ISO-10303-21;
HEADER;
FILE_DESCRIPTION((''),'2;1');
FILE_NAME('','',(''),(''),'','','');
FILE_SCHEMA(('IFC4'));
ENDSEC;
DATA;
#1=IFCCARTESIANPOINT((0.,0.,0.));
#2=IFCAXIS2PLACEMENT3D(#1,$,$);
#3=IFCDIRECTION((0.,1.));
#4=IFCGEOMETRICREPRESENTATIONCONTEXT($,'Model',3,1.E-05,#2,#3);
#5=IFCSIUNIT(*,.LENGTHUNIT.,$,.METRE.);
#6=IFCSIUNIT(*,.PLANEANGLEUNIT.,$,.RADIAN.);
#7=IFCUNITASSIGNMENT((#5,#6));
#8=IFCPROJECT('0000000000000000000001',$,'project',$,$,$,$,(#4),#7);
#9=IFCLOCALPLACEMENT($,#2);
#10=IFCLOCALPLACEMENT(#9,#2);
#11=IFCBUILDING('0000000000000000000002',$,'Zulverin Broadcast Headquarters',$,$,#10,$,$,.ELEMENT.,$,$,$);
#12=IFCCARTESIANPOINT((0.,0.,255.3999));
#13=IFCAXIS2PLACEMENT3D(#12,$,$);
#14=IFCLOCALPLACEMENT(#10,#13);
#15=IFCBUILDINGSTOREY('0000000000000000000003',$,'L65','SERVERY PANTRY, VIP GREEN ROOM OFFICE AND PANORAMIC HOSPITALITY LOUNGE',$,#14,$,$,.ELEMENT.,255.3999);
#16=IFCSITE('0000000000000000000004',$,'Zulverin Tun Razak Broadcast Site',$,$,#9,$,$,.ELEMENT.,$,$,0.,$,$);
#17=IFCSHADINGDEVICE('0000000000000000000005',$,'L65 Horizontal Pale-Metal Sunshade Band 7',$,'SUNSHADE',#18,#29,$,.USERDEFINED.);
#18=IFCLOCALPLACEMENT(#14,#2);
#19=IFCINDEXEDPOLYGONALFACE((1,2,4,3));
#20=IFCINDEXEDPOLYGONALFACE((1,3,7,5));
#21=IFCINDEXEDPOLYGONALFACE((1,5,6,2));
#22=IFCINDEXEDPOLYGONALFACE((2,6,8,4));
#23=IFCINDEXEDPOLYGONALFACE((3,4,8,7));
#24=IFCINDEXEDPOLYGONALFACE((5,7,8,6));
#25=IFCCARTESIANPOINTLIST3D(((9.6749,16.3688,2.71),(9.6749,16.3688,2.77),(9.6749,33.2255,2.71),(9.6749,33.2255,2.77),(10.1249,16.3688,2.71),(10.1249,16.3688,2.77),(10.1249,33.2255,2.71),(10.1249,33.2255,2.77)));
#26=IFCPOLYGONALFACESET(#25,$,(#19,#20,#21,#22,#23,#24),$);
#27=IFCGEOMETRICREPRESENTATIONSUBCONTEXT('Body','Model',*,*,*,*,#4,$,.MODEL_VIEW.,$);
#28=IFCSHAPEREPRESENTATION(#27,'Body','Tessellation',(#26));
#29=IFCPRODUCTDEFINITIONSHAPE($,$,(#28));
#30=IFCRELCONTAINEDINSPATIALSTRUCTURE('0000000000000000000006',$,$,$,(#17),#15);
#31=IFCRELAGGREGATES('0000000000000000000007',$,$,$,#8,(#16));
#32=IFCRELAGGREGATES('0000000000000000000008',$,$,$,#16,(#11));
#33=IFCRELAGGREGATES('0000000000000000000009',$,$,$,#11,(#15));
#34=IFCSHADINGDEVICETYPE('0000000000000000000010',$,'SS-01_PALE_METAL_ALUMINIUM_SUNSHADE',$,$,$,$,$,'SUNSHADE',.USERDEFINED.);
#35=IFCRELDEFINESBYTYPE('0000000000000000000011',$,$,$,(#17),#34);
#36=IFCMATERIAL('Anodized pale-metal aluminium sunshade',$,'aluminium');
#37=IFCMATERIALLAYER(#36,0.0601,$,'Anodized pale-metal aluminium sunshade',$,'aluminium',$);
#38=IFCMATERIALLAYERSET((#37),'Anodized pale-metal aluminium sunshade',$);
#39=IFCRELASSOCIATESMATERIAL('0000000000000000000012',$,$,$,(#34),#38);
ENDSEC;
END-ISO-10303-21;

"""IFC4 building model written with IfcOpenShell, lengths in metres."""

from ifc_helpers import new_model, si_unit, direction, frame, origin, origin_2d, place, context, subcontext, project, spatial, rectangle, extrude, material, layer, layer_set, type_object, element, save


model = new_model("IFC4")

# Units and contexts
model_context = context("Model", 3, precision=1e-05, world=origin(), true_north=direction((0.0, 1.0)))
body_context = subcontext(model_context, "Body", "Model", "MODEL_VIEW")
ifc_project = project(units=[si_unit("LENGTHUNIT", "METRE"), si_unit("PLANEANGLEUNIT", "RADIAN")], contexts=[model_context])

# Site, building, storey
site_placement = place(None, origin())
site = spatial("IfcSite", under=ifc_project, at=site_placement, Name="Zulverin Tun Razak Broadcast Site", CompositionType="ELEMENT", RefElevation=0.0)
building_placement = place(site_placement, origin())
building = spatial("IfcBuilding", under=site, at=building_placement, Name="Zulverin Broadcast Headquarters", CompositionType="ELEMENT")
storey_placement = place(building_placement, frame((0.0, 0.0, 255.3999)))
storey = spatial("IfcBuildingStorey", under=building, at=storey_placement, Name="L65", Description="SERVERY PANTRY, VIP GREEN ROOM OFFICE AND PANORAMIC HOSPITALITY LOUNGE", CompositionType="ELEMENT", Elevation=255.3999)

# Shading device
ifc_material_1 = material(Name="Anodized pale-metal aluminium sunshade", Category="aluminium")
ifc_layer_1 = layer(ifc_material_1, 0.0601, Name="Anodized pale-metal aluminium sunshade", Category="aluminium")
ifc_layer_set_1 = layer_set([ifc_layer_1], Name="Anodized pale-metal aluminium sunshade")
shading_device_type = type_object("IfcShadingDeviceType", Name="SS-01_PALE_METAL_ALUMINIUM_SUNSHADE", ElementType="SUNSHADE", PredefinedType="USERDEFINED", material=ifc_layer_set_1)
shading_device_placement = place(storey_placement, frame((9.8999, 24.7971, 2.71), z_axis=(0.0, 0.0, 1.0), x_axis=(0.0, -1.0, 0.0)))
element("IfcShadingDevice", 1, at=shading_device_placement, inside=storey, type_object=shading_device_type, Name="L65 Horizontal Pale-Metal Sunshade Band 7", ObjectType="SUNSHADE", PredefinedType="USERDEFINED", context=body_context, shape_type="SweptSolid", body=[
    extrude(rectangle(XDim=16.8567, YDim=0.45, at=origin_2d()), origin(), (0.0, 0.0, 1.0), 0.0601),
])

save(model, "model.ifc")
